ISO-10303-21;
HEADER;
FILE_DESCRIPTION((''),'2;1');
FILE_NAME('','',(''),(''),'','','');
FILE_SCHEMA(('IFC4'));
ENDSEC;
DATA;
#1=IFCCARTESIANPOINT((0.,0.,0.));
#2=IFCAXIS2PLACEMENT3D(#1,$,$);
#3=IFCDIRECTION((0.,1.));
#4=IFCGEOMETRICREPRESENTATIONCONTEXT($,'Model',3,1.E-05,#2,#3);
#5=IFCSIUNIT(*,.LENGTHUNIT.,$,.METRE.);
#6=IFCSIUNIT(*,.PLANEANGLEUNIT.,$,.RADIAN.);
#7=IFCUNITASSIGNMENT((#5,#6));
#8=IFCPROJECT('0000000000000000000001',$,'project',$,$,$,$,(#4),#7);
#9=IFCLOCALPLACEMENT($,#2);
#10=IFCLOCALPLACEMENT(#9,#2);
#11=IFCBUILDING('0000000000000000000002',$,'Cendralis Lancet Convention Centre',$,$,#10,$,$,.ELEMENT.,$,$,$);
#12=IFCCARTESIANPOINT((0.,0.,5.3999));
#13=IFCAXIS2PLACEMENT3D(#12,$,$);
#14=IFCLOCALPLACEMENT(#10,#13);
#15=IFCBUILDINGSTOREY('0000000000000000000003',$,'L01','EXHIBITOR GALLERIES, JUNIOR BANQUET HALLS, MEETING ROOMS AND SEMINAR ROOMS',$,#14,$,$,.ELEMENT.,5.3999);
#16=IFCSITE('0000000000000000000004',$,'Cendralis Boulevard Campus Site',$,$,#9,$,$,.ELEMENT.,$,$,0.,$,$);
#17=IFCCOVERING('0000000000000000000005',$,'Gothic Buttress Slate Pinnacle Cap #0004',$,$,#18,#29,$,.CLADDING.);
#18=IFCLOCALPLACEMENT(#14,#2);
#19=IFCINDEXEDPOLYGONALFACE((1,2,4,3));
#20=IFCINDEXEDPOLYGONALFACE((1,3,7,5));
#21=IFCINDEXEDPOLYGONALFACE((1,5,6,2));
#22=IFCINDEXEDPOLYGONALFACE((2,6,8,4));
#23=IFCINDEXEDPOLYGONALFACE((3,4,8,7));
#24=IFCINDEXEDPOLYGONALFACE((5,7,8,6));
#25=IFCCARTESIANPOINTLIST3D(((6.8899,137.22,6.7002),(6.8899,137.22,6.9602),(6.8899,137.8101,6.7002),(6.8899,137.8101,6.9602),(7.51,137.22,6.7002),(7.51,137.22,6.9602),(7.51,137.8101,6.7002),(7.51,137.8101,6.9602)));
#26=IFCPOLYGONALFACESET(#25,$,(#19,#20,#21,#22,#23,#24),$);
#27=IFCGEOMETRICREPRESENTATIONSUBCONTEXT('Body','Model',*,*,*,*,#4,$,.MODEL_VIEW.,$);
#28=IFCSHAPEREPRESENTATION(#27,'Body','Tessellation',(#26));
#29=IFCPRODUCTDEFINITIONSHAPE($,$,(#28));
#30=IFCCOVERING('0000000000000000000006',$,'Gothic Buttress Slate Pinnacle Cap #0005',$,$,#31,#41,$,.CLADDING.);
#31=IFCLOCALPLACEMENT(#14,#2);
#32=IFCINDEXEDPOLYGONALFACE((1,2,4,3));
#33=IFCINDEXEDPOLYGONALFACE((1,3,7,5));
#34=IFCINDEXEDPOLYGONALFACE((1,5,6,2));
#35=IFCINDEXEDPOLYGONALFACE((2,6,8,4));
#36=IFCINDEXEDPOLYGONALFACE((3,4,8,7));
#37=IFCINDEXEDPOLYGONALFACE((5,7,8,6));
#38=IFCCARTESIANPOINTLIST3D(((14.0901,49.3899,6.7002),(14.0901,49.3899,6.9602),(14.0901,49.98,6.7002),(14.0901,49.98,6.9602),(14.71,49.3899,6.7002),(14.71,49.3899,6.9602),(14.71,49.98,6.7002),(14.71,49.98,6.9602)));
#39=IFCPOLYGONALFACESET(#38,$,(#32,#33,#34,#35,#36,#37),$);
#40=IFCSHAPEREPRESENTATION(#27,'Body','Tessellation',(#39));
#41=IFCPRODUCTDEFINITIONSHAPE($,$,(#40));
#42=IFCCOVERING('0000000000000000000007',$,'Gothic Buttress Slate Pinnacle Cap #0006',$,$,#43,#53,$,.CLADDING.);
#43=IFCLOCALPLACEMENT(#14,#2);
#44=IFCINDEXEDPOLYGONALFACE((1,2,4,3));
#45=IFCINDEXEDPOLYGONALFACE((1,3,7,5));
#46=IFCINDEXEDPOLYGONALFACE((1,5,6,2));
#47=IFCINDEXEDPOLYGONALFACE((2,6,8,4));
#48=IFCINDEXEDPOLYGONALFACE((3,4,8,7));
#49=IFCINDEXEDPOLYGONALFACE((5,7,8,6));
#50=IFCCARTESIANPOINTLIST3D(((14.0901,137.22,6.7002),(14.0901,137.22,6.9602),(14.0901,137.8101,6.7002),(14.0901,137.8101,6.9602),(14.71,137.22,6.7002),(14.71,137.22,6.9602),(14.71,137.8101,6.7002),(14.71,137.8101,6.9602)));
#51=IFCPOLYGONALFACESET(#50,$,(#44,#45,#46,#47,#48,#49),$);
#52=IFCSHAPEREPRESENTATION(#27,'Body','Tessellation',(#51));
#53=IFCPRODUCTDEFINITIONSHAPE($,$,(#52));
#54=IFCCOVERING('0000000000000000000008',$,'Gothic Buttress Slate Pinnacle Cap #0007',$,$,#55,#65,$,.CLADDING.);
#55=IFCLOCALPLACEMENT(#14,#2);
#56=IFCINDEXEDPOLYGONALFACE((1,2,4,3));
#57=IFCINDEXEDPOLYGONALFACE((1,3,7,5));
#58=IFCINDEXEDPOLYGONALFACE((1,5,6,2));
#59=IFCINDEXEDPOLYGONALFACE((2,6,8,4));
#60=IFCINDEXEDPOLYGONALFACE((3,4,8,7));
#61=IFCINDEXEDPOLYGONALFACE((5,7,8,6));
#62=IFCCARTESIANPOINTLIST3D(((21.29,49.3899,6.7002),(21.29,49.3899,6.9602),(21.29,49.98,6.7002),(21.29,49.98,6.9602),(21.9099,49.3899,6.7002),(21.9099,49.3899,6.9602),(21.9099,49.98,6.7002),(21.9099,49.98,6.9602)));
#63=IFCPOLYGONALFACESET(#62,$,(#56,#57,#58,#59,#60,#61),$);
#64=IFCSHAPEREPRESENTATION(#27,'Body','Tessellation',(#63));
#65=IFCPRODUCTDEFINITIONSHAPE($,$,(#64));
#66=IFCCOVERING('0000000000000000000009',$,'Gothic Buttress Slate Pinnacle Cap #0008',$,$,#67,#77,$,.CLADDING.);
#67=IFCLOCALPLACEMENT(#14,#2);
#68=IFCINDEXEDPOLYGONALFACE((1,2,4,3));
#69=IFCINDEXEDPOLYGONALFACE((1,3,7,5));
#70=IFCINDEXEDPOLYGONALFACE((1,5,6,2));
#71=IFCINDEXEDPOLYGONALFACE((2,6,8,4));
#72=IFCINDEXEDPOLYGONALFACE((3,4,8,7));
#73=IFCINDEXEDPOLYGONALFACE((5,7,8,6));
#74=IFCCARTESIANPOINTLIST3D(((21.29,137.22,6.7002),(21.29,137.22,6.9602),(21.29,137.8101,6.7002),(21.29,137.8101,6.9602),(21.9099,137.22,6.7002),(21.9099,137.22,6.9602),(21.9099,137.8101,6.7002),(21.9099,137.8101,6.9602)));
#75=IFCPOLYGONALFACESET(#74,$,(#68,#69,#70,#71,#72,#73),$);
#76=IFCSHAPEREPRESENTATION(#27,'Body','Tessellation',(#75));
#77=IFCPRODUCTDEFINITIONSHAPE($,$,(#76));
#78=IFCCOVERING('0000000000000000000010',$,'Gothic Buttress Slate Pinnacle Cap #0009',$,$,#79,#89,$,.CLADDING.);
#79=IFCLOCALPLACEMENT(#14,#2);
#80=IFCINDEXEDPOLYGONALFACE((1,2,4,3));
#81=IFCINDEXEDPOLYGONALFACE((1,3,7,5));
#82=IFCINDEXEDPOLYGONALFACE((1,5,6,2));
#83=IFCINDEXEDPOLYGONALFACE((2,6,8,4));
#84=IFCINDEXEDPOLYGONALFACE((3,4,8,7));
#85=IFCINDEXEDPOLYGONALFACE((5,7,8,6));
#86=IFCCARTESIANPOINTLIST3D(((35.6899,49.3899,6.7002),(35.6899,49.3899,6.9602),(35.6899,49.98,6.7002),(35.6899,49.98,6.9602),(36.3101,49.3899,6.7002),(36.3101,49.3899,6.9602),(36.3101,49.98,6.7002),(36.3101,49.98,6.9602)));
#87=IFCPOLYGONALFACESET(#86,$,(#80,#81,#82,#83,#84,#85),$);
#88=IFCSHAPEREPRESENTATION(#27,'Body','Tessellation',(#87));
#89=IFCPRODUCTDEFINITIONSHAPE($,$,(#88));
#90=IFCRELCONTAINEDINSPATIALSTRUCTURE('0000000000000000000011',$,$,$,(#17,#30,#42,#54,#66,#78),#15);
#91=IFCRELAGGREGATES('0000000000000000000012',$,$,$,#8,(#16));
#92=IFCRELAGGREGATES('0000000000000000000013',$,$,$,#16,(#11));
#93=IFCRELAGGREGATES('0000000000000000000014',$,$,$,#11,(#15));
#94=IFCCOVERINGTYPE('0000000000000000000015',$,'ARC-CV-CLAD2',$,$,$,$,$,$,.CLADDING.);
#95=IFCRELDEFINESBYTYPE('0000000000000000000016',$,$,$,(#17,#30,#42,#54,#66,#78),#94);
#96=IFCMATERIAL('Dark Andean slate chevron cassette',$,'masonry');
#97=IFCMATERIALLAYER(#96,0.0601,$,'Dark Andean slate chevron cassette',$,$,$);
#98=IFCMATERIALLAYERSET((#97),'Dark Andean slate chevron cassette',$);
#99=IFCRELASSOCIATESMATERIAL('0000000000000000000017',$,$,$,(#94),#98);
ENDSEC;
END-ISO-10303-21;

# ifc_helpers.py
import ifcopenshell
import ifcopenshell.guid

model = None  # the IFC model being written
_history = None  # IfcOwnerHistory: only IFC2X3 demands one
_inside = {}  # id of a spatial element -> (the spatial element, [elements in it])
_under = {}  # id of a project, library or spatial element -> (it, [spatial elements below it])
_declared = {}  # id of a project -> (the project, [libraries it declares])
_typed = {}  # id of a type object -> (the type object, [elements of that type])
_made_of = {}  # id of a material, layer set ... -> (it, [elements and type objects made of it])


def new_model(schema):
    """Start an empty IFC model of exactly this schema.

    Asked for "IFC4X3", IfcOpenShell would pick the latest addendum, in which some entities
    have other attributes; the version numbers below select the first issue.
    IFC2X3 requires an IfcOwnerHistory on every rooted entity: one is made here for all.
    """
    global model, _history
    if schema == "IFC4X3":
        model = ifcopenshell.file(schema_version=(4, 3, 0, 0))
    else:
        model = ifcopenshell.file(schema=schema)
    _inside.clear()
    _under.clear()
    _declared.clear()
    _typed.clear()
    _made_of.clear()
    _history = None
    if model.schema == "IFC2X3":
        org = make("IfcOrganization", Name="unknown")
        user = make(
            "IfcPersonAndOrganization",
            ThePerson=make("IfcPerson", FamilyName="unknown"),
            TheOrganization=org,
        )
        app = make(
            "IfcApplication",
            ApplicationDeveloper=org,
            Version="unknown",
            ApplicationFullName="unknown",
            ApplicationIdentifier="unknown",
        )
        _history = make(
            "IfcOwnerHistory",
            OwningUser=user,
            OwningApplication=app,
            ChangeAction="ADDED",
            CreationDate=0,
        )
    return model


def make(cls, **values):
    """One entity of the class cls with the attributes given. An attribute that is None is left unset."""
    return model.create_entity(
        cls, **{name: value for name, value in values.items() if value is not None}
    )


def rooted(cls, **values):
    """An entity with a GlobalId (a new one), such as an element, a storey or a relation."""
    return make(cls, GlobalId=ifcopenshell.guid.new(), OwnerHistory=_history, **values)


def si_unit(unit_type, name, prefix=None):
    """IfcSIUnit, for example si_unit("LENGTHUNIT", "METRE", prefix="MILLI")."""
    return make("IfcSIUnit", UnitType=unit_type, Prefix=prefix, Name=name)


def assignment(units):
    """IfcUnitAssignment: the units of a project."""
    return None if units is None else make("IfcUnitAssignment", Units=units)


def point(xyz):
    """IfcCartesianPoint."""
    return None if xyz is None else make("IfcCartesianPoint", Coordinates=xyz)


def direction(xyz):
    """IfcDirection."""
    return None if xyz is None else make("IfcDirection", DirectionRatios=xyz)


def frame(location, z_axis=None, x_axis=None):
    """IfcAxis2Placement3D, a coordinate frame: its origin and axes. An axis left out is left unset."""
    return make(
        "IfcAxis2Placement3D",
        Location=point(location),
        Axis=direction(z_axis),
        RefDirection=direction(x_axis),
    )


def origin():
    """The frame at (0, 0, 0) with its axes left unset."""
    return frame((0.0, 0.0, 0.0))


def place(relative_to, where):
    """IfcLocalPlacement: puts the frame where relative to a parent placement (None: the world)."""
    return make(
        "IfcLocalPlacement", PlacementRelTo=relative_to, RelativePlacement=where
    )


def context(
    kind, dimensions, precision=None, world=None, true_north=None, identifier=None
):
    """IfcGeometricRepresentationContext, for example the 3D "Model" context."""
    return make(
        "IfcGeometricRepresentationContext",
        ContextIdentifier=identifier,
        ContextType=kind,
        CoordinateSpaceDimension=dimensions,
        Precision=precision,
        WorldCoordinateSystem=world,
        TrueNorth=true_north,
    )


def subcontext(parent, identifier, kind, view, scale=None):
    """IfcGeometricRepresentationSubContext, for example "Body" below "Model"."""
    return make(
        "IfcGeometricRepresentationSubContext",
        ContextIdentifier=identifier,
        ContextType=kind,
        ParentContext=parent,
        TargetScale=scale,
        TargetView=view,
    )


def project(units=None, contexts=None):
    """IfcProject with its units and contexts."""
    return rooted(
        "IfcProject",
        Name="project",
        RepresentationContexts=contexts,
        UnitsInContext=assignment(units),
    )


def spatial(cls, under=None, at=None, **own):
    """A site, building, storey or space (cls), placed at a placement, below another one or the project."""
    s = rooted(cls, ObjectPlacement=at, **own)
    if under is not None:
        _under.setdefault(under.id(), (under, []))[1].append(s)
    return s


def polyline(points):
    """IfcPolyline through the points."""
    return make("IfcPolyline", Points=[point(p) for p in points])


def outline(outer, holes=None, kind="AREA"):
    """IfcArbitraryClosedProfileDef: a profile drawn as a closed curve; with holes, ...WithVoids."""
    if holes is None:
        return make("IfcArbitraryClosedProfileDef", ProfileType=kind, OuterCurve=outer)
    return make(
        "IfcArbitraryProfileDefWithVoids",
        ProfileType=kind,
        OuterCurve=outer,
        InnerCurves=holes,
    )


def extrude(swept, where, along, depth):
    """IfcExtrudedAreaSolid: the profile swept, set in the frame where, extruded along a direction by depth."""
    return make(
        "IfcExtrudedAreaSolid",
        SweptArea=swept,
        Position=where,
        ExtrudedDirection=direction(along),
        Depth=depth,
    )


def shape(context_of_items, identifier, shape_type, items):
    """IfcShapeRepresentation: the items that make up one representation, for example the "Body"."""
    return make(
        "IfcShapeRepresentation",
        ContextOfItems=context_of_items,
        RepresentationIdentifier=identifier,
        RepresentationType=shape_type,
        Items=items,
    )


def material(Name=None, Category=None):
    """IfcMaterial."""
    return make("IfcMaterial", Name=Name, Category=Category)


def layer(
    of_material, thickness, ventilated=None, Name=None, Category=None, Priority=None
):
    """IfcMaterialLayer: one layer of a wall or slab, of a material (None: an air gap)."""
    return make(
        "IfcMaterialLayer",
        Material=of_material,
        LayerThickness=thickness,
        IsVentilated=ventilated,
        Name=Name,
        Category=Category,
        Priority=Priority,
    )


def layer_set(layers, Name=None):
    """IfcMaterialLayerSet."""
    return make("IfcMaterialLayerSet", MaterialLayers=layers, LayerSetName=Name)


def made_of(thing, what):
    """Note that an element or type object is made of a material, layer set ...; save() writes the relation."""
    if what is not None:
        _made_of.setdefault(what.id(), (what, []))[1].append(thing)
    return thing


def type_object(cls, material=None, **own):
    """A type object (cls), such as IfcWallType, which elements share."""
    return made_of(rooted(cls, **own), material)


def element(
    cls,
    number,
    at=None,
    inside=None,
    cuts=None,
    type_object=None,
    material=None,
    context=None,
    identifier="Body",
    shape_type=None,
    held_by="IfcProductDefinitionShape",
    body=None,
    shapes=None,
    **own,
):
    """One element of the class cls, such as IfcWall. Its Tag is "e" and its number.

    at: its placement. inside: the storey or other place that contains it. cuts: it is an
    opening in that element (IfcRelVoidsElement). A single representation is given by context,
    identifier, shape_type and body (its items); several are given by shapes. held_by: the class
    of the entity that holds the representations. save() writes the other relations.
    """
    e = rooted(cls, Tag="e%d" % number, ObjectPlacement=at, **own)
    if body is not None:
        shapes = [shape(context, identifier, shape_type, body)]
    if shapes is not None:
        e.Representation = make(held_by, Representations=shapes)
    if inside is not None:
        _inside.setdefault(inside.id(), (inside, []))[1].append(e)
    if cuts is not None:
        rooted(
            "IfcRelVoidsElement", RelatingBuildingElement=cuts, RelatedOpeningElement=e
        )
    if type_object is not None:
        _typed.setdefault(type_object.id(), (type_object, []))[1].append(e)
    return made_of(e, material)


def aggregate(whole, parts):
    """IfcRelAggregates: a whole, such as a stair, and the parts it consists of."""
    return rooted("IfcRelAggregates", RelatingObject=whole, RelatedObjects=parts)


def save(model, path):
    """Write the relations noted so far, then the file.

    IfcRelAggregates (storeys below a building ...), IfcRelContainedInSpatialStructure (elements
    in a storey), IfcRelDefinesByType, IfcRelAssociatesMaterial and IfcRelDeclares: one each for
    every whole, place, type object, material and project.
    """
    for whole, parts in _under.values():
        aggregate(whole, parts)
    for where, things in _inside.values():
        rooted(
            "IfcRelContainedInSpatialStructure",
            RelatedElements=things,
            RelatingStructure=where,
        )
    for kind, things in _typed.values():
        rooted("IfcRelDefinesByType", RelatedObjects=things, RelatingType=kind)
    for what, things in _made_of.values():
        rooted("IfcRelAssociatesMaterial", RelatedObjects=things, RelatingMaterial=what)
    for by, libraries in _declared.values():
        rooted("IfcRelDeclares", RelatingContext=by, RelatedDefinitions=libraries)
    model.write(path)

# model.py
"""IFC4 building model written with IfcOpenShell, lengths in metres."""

from ifc_helpers import new_model, si_unit, direction, frame, origin, place, context, subcontext, project, spatial, polyline, outline, extrude, material, layer, layer_set, type_object, element, save


model = new_model("IFC4")

# Units and contexts
model_context = context("Model", 3, precision=1e-05, world=origin(), true_north=direction((0.0, 1.0)))
body_context = subcontext(model_context, "Body", "Model", "MODEL_VIEW")
ifc_project = project(units=[si_unit("LENGTHUNIT", "METRE"), si_unit("PLANEANGLEUNIT", "RADIAN")], contexts=[model_context])

# Site, building, storey
site_placement = place(None, origin())
site = spatial("IfcSite", under=ifc_project, at=site_placement, Name="Cendralis Boulevard Campus Site", CompositionType="ELEMENT", RefElevation=0.0)
building_placement = place(site_placement, origin())
building = spatial("IfcBuilding", under=site, at=building_placement, Name="Cendralis Lancet Convention Centre", CompositionType="ELEMENT")
storey_placement = place(building_placement, frame((0.0, 0.0, 5.3999)))
storey = spatial("IfcBuildingStorey", under=building, at=storey_placement, Name="L01", Description="EXHIBITOR GALLERIES, JUNIOR BANQUET HALLS, MEETING ROOMS AND SEMINAR ROOMS", CompositionType="ELEMENT", Elevation=5.3999)

# Coverings
ifc_material_1 = material(Name="Dark Andean slate chevron cassette", Category="masonry")
ifc_layer_1 = layer(ifc_material_1, 0.0601, Name="Dark Andean slate chevron cassette")
ifc_layer_set_1 = layer_set([ifc_layer_1], Name="Dark Andean slate chevron cassette")
covering_type_1 = type_object("IfcCoveringType", Name="ARC-CV-CLAD2", PredefinedType="CLADDING", material=ifc_layer_set_1)
covering_1_placement = place(storey_placement, frame((0.0, 0.0, 6.7002)))
element("IfcCovering", 1, at=covering_1_placement, inside=storey, type_object=covering_type_1, Name="Gothic Buttress Slate Pinnacle Cap #0004", PredefinedType="CLADDING", context=body_context, shape_type="SweptSolid", body=[
    extrude(outline(polyline([(7.51, 137.8101), (6.8899, 137.8101), (6.8899, 137.22), (7.51, 137.22), (7.51, 137.8101)])), origin(), (0.0, 0.0, 1.0), 0.26),
])
covering_2_placement = place(storey_placement, frame((0.0, 0.0, 6.7002)))
element("IfcCovering", 2, at=covering_2_placement, inside=storey, type_object=covering_type_1, Name="Gothic Buttress Slate Pinnacle Cap #0005", PredefinedType="CLADDING", context=body_context, shape_type="SweptSolid", body=[
    extrude(outline(polyline([(14.0901, 49.3899), (14.71, 49.3899), (14.71, 49.98), (14.0901, 49.98), (14.0901, 49.3899)])), origin(), (0.0, 0.0, 1.0), 0.26),
])
covering_3_placement = place(storey_placement, frame((0.0, 0.0, 6.7002)))
element("IfcCovering", 3, at=covering_3_placement, inside=storey, type_object=covering_type_1, Name="Gothic Buttress Slate Pinnacle Cap #0006", PredefinedType="CLADDING", context=body_context, shape_type="SweptSolid", body=[
    extrude(outline(polyline([(14.71, 137.8101), (14.0901, 137.8101), (14.0901, 137.22), (14.71, 137.22), (14.71, 137.8101)])), origin(), (0.0, 0.0, 1.0), 0.26),
])
covering_4_placement = place(storey_placement, frame((0.0, 0.0, 6.7002)))
element("IfcCovering", 4, at=covering_4_placement, inside=storey, type_object=covering_type_1, Name="Gothic Buttress Slate Pinnacle Cap #0007", PredefinedType="CLADDING", context=body_context, shape_type="SweptSolid", body=[
    extrude(outline(polyline([(21.29, 49.3899), (21.9099, 49.3899), (21.9099, 49.98), (21.29, 49.98), (21.29, 49.3899)])), origin(), (0.0, 0.0, 1.0), 0.26),
])
covering_5_placement = place(storey_placement, frame((0.0, 0.0, 6.7002)))
element("IfcCovering", 5, at=covering_5_placement, inside=storey, type_object=covering_type_1, Name="Gothic Buttress Slate Pinnacle Cap #0008", PredefinedType="CLADDING", context=body_context, shape_type="SweptSolid", body=[
    extrude(outline(polyline([(21.9099, 137.8101), (21.29, 137.8101), (21.29, 137.22), (21.9099, 137.22), (21.9099, 137.8101)])), origin(), (0.0, 0.0, 1.0), 0.26),
])
covering_6_placement = place(storey_placement, frame((0.0, 0.0, 6.7002)))
element("IfcCovering", 6, at=covering_6_placement, inside=storey, type_object=covering_type_1, Name="Gothic Buttress Slate Pinnacle Cap #0009", PredefinedType="CLADDING", context=body_context, shape_type="SweptSolid", body=[
    extrude(outline(polyline([(35.6899, 49.3899), (36.3101, 49.3899), (36.3101, 49.98), (35.6899, 49.98), (35.6899, 49.3899)])), origin(), (0.0, 0.0, 1.0), 0.26),
])

save(model, "model.ifc")
